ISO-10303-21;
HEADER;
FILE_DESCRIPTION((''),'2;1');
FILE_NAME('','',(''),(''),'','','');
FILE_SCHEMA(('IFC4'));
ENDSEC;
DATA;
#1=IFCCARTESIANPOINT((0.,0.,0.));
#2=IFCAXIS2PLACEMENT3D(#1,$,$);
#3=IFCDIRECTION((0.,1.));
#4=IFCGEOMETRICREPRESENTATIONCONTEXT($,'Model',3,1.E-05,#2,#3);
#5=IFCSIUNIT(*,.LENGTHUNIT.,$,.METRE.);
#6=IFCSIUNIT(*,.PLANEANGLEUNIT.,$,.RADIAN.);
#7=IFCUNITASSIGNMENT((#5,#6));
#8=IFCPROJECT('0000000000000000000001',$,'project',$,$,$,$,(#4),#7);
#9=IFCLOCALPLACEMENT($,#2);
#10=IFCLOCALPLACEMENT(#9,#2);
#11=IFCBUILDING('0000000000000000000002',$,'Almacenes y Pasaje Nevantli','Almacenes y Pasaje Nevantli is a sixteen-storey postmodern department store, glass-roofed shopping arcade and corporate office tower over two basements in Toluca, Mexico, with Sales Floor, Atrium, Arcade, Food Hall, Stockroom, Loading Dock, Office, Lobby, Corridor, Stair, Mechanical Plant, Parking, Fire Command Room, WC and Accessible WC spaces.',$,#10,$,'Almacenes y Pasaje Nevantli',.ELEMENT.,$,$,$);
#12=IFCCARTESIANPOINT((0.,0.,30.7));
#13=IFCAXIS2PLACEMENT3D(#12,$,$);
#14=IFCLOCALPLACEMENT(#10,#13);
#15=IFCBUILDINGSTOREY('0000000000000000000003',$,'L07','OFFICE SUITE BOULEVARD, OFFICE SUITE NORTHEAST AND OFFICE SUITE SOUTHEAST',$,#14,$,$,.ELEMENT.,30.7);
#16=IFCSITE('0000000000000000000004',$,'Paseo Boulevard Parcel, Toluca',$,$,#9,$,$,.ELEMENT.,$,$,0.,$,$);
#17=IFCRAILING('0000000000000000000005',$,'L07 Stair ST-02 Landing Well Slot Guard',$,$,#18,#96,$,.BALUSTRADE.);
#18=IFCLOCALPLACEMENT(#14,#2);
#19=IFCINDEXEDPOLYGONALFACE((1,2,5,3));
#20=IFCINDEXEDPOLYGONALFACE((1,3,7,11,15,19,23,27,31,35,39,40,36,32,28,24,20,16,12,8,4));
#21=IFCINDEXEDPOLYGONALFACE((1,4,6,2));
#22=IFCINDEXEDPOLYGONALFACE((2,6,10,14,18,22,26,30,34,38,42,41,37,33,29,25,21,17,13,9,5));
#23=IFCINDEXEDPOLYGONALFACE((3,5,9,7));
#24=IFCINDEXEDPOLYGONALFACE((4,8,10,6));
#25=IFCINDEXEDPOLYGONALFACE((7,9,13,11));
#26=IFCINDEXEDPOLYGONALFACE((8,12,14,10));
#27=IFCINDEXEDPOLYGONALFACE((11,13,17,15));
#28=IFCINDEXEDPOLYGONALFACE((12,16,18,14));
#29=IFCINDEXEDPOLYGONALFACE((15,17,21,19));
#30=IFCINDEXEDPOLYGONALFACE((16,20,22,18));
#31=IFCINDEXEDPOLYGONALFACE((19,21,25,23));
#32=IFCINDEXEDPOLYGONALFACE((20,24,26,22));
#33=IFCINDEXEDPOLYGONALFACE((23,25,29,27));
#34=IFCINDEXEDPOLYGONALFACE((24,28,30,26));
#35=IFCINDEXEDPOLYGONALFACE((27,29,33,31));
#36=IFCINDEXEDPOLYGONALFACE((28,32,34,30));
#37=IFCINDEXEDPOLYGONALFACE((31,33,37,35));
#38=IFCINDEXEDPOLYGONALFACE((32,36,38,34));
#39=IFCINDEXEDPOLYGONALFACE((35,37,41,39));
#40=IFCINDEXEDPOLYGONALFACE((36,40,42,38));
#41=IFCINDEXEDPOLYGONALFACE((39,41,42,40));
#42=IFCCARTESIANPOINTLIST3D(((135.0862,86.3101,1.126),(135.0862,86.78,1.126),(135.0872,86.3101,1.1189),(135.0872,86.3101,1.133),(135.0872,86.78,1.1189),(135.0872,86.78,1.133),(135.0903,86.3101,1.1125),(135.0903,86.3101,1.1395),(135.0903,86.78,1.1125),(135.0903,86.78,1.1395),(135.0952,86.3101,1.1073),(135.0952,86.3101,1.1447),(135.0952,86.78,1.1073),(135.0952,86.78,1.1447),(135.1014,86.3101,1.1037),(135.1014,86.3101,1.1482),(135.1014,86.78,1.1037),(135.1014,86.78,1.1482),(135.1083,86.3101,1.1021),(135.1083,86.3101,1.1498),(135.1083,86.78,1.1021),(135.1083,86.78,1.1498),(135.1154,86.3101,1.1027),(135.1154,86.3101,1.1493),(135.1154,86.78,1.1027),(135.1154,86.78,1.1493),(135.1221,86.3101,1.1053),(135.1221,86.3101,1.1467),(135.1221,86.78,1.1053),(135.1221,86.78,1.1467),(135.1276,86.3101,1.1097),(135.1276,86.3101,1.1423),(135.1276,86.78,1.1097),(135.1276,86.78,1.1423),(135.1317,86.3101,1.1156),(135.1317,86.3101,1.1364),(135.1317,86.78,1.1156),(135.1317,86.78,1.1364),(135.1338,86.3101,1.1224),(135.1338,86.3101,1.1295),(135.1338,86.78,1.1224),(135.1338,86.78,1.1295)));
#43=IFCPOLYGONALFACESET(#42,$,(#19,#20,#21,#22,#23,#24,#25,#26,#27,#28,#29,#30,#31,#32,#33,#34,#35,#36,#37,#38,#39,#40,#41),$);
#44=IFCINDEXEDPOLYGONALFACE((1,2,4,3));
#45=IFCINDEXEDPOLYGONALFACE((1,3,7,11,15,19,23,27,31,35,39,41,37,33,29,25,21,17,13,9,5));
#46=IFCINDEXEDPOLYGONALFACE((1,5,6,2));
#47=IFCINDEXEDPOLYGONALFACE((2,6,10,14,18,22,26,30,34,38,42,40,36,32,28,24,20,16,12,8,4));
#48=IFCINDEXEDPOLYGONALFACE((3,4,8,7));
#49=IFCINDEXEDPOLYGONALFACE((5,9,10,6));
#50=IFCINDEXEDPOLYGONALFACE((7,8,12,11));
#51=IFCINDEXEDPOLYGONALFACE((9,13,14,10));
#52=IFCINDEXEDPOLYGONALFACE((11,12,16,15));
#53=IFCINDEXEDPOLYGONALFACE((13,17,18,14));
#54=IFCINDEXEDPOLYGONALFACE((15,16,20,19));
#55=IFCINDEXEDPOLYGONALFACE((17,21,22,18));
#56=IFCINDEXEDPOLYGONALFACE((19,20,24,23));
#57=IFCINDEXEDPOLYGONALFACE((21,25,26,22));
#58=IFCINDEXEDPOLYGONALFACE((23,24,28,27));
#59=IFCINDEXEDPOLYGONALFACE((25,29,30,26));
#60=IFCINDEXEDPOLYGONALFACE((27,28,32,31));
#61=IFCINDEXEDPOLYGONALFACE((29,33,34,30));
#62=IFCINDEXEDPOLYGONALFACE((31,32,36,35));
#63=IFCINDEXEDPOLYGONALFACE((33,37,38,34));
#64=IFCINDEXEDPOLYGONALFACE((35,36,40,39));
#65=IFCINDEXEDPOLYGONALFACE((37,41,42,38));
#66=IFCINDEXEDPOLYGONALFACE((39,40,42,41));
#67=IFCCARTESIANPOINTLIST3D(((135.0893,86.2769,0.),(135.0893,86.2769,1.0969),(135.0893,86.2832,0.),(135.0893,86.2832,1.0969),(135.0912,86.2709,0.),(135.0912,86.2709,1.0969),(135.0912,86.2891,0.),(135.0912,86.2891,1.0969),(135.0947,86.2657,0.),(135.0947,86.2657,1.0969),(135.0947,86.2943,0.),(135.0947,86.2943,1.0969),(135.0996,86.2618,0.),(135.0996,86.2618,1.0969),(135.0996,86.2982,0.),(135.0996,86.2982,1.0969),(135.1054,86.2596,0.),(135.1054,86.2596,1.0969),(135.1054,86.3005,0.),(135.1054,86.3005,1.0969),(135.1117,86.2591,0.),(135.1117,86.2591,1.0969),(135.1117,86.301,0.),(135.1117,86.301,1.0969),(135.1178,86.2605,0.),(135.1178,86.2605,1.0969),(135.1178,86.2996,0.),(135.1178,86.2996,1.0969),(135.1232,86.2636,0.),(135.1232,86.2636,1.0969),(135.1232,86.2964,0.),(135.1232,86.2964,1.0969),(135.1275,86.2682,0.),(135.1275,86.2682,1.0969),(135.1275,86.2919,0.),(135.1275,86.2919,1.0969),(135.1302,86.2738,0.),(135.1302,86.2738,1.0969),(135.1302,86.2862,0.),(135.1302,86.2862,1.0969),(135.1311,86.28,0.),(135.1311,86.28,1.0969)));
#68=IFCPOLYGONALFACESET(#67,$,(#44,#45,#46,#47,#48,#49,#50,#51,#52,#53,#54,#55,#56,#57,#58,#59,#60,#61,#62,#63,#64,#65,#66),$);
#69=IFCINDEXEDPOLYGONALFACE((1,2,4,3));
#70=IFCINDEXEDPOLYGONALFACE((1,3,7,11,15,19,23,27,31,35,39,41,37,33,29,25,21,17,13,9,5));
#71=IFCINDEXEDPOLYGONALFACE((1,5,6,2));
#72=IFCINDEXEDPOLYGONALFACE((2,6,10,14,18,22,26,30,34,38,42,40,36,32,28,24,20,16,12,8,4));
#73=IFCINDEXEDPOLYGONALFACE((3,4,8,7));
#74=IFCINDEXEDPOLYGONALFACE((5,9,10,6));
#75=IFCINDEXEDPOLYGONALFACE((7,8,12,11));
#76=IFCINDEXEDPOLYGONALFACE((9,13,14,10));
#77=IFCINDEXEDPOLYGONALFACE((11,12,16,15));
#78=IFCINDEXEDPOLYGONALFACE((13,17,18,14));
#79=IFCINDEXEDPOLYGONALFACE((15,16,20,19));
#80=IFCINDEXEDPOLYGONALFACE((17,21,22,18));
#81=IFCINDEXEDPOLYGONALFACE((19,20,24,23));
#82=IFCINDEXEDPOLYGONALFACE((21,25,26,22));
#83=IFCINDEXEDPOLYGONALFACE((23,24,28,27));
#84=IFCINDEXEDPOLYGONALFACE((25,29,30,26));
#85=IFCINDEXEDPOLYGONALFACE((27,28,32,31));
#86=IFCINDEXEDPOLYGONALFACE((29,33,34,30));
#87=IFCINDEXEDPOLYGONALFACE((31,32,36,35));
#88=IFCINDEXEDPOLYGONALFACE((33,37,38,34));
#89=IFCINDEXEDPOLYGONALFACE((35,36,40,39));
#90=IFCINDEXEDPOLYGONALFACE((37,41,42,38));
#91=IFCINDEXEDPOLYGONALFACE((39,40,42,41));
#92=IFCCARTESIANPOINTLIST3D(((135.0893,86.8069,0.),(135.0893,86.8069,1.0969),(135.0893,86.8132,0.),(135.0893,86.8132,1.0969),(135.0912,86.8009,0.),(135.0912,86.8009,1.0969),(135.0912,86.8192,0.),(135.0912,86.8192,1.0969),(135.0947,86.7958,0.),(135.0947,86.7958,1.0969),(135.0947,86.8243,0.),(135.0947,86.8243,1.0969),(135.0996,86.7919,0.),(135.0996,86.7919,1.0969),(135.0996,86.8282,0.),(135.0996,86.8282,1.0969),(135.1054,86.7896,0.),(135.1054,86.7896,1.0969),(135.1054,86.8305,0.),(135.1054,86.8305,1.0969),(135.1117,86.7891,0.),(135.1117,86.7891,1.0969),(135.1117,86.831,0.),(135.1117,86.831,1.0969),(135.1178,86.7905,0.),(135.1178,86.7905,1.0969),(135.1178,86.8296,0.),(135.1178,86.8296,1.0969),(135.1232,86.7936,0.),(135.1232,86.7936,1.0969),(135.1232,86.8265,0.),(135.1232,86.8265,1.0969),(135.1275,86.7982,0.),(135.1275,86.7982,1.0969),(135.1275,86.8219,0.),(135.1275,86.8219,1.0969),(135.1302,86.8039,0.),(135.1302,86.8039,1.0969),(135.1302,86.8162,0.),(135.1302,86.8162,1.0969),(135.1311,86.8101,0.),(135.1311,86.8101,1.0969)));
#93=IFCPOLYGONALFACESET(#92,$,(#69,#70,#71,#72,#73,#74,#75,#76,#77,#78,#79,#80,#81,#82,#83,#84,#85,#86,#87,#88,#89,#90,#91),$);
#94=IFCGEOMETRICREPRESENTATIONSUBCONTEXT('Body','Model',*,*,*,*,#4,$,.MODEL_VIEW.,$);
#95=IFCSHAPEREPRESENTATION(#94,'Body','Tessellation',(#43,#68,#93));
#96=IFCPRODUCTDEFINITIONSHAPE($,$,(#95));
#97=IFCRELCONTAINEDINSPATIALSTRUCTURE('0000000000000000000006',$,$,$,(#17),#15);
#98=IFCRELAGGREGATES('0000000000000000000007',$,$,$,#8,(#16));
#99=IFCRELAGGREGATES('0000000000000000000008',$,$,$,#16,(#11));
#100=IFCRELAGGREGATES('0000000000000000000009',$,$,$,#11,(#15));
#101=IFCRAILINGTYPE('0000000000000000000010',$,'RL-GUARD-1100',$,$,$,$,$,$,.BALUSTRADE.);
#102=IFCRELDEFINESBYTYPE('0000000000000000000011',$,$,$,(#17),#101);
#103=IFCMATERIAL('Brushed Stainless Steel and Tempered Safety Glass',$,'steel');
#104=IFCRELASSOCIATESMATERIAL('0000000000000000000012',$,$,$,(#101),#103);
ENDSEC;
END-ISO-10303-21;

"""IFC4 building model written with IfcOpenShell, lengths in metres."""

from ifc_helpers import new_model, si_unit, direction, frame, origin, origin_2d, place, context, subcontext, project, spatial, circle, extrude, material, type_object, element, save


model = new_model("IFC4")

# Units and contexts
model_context = context("Model", 3, precision=1e-05, world=origin(), true_north=direction((0.0, 1.0)))
body_context = subcontext(model_context, "Body", "Model", "MODEL_VIEW")
ifc_project = project(units=[si_unit("LENGTHUNIT", "METRE"), si_unit("PLANEANGLEUNIT", "RADIAN")], contexts=[model_context])

# Site, building, storey
site_placement = place(None, origin())
site = spatial("IfcSite", under=ifc_project, at=site_placement, Name="Paseo Boulevard Parcel, Toluca", CompositionType="ELEMENT", RefElevation=0.0)
building_placement = place(site_placement, origin())
building = spatial("IfcBuilding", under=site, at=building_placement, Name="Almacenes y Pasaje Nevantli", Description="Almacenes y Pasaje Nevantli is a sixteen-storey postmodern department store, glass-roofed shopping arcade and corporate office tower over two basements in Toluca, Mexico, with Sales Floor, Atrium, Arcade, Food Hall, Stockroom, Loading Dock, Office, Lobby, Corridor, Stair, Mechanical Plant, Parking, Fire Command Room, WC and Accessible WC spaces.", LongName="Almacenes y Pasaje Nevantli", CompositionType="ELEMENT")
storey_placement = place(building_placement, frame((0.0, 0.0, 30.7)))
storey = spatial("IfcBuildingStorey", under=building, at=storey_placement, Name="L07", Description="OFFICE SUITE BOULEVARD, OFFICE SUITE NORTHEAST AND OFFICE SUITE SOUTHEAST", CompositionType="ELEMENT", Elevation=30.7)

# Railing
ifc_material_1 = material(Name="Brushed Stainless Steel and Tempered Safety Glass", Category="steel")
railing_type_1 = type_object("IfcRailingType", Name="RL-GUARD-1100", PredefinedType="BALUSTRADE", material=ifc_material_1)
railing_1_placement = place(storey_placement, frame((135.1101, 86.28, 0.0)))
element("IfcRailing", 1, at=railing_1_placement, inside=storey, type_object=railing_type_1, Name="L07 Stair ST-02 Landing Well Slot Guard", PredefinedType="BALUSTRADE", context=body_context, shape_type="SweptSolid", body=[
    extrude(circle(Radius=0.0239, at=origin_2d()), frame((0.0, 0.03, 1.126), z_axis=(0.0, 1.0, 0.0), x_axis=(-1.0, 0.0, 0.0)), (0.0, 0.0, 1.0), 0.47),
    extrude(circle(Radius=0.021, at=origin_2d()), origin(), (0.0, 0.0, 1.0), 1.0969),
    extrude(circle(Radius=0.021, at=origin_2d()), frame((0.0, 0.53, 0.0)), (0.0, 0.0, 1.0), 1.0969),
])

save(model, "model.ifc")
